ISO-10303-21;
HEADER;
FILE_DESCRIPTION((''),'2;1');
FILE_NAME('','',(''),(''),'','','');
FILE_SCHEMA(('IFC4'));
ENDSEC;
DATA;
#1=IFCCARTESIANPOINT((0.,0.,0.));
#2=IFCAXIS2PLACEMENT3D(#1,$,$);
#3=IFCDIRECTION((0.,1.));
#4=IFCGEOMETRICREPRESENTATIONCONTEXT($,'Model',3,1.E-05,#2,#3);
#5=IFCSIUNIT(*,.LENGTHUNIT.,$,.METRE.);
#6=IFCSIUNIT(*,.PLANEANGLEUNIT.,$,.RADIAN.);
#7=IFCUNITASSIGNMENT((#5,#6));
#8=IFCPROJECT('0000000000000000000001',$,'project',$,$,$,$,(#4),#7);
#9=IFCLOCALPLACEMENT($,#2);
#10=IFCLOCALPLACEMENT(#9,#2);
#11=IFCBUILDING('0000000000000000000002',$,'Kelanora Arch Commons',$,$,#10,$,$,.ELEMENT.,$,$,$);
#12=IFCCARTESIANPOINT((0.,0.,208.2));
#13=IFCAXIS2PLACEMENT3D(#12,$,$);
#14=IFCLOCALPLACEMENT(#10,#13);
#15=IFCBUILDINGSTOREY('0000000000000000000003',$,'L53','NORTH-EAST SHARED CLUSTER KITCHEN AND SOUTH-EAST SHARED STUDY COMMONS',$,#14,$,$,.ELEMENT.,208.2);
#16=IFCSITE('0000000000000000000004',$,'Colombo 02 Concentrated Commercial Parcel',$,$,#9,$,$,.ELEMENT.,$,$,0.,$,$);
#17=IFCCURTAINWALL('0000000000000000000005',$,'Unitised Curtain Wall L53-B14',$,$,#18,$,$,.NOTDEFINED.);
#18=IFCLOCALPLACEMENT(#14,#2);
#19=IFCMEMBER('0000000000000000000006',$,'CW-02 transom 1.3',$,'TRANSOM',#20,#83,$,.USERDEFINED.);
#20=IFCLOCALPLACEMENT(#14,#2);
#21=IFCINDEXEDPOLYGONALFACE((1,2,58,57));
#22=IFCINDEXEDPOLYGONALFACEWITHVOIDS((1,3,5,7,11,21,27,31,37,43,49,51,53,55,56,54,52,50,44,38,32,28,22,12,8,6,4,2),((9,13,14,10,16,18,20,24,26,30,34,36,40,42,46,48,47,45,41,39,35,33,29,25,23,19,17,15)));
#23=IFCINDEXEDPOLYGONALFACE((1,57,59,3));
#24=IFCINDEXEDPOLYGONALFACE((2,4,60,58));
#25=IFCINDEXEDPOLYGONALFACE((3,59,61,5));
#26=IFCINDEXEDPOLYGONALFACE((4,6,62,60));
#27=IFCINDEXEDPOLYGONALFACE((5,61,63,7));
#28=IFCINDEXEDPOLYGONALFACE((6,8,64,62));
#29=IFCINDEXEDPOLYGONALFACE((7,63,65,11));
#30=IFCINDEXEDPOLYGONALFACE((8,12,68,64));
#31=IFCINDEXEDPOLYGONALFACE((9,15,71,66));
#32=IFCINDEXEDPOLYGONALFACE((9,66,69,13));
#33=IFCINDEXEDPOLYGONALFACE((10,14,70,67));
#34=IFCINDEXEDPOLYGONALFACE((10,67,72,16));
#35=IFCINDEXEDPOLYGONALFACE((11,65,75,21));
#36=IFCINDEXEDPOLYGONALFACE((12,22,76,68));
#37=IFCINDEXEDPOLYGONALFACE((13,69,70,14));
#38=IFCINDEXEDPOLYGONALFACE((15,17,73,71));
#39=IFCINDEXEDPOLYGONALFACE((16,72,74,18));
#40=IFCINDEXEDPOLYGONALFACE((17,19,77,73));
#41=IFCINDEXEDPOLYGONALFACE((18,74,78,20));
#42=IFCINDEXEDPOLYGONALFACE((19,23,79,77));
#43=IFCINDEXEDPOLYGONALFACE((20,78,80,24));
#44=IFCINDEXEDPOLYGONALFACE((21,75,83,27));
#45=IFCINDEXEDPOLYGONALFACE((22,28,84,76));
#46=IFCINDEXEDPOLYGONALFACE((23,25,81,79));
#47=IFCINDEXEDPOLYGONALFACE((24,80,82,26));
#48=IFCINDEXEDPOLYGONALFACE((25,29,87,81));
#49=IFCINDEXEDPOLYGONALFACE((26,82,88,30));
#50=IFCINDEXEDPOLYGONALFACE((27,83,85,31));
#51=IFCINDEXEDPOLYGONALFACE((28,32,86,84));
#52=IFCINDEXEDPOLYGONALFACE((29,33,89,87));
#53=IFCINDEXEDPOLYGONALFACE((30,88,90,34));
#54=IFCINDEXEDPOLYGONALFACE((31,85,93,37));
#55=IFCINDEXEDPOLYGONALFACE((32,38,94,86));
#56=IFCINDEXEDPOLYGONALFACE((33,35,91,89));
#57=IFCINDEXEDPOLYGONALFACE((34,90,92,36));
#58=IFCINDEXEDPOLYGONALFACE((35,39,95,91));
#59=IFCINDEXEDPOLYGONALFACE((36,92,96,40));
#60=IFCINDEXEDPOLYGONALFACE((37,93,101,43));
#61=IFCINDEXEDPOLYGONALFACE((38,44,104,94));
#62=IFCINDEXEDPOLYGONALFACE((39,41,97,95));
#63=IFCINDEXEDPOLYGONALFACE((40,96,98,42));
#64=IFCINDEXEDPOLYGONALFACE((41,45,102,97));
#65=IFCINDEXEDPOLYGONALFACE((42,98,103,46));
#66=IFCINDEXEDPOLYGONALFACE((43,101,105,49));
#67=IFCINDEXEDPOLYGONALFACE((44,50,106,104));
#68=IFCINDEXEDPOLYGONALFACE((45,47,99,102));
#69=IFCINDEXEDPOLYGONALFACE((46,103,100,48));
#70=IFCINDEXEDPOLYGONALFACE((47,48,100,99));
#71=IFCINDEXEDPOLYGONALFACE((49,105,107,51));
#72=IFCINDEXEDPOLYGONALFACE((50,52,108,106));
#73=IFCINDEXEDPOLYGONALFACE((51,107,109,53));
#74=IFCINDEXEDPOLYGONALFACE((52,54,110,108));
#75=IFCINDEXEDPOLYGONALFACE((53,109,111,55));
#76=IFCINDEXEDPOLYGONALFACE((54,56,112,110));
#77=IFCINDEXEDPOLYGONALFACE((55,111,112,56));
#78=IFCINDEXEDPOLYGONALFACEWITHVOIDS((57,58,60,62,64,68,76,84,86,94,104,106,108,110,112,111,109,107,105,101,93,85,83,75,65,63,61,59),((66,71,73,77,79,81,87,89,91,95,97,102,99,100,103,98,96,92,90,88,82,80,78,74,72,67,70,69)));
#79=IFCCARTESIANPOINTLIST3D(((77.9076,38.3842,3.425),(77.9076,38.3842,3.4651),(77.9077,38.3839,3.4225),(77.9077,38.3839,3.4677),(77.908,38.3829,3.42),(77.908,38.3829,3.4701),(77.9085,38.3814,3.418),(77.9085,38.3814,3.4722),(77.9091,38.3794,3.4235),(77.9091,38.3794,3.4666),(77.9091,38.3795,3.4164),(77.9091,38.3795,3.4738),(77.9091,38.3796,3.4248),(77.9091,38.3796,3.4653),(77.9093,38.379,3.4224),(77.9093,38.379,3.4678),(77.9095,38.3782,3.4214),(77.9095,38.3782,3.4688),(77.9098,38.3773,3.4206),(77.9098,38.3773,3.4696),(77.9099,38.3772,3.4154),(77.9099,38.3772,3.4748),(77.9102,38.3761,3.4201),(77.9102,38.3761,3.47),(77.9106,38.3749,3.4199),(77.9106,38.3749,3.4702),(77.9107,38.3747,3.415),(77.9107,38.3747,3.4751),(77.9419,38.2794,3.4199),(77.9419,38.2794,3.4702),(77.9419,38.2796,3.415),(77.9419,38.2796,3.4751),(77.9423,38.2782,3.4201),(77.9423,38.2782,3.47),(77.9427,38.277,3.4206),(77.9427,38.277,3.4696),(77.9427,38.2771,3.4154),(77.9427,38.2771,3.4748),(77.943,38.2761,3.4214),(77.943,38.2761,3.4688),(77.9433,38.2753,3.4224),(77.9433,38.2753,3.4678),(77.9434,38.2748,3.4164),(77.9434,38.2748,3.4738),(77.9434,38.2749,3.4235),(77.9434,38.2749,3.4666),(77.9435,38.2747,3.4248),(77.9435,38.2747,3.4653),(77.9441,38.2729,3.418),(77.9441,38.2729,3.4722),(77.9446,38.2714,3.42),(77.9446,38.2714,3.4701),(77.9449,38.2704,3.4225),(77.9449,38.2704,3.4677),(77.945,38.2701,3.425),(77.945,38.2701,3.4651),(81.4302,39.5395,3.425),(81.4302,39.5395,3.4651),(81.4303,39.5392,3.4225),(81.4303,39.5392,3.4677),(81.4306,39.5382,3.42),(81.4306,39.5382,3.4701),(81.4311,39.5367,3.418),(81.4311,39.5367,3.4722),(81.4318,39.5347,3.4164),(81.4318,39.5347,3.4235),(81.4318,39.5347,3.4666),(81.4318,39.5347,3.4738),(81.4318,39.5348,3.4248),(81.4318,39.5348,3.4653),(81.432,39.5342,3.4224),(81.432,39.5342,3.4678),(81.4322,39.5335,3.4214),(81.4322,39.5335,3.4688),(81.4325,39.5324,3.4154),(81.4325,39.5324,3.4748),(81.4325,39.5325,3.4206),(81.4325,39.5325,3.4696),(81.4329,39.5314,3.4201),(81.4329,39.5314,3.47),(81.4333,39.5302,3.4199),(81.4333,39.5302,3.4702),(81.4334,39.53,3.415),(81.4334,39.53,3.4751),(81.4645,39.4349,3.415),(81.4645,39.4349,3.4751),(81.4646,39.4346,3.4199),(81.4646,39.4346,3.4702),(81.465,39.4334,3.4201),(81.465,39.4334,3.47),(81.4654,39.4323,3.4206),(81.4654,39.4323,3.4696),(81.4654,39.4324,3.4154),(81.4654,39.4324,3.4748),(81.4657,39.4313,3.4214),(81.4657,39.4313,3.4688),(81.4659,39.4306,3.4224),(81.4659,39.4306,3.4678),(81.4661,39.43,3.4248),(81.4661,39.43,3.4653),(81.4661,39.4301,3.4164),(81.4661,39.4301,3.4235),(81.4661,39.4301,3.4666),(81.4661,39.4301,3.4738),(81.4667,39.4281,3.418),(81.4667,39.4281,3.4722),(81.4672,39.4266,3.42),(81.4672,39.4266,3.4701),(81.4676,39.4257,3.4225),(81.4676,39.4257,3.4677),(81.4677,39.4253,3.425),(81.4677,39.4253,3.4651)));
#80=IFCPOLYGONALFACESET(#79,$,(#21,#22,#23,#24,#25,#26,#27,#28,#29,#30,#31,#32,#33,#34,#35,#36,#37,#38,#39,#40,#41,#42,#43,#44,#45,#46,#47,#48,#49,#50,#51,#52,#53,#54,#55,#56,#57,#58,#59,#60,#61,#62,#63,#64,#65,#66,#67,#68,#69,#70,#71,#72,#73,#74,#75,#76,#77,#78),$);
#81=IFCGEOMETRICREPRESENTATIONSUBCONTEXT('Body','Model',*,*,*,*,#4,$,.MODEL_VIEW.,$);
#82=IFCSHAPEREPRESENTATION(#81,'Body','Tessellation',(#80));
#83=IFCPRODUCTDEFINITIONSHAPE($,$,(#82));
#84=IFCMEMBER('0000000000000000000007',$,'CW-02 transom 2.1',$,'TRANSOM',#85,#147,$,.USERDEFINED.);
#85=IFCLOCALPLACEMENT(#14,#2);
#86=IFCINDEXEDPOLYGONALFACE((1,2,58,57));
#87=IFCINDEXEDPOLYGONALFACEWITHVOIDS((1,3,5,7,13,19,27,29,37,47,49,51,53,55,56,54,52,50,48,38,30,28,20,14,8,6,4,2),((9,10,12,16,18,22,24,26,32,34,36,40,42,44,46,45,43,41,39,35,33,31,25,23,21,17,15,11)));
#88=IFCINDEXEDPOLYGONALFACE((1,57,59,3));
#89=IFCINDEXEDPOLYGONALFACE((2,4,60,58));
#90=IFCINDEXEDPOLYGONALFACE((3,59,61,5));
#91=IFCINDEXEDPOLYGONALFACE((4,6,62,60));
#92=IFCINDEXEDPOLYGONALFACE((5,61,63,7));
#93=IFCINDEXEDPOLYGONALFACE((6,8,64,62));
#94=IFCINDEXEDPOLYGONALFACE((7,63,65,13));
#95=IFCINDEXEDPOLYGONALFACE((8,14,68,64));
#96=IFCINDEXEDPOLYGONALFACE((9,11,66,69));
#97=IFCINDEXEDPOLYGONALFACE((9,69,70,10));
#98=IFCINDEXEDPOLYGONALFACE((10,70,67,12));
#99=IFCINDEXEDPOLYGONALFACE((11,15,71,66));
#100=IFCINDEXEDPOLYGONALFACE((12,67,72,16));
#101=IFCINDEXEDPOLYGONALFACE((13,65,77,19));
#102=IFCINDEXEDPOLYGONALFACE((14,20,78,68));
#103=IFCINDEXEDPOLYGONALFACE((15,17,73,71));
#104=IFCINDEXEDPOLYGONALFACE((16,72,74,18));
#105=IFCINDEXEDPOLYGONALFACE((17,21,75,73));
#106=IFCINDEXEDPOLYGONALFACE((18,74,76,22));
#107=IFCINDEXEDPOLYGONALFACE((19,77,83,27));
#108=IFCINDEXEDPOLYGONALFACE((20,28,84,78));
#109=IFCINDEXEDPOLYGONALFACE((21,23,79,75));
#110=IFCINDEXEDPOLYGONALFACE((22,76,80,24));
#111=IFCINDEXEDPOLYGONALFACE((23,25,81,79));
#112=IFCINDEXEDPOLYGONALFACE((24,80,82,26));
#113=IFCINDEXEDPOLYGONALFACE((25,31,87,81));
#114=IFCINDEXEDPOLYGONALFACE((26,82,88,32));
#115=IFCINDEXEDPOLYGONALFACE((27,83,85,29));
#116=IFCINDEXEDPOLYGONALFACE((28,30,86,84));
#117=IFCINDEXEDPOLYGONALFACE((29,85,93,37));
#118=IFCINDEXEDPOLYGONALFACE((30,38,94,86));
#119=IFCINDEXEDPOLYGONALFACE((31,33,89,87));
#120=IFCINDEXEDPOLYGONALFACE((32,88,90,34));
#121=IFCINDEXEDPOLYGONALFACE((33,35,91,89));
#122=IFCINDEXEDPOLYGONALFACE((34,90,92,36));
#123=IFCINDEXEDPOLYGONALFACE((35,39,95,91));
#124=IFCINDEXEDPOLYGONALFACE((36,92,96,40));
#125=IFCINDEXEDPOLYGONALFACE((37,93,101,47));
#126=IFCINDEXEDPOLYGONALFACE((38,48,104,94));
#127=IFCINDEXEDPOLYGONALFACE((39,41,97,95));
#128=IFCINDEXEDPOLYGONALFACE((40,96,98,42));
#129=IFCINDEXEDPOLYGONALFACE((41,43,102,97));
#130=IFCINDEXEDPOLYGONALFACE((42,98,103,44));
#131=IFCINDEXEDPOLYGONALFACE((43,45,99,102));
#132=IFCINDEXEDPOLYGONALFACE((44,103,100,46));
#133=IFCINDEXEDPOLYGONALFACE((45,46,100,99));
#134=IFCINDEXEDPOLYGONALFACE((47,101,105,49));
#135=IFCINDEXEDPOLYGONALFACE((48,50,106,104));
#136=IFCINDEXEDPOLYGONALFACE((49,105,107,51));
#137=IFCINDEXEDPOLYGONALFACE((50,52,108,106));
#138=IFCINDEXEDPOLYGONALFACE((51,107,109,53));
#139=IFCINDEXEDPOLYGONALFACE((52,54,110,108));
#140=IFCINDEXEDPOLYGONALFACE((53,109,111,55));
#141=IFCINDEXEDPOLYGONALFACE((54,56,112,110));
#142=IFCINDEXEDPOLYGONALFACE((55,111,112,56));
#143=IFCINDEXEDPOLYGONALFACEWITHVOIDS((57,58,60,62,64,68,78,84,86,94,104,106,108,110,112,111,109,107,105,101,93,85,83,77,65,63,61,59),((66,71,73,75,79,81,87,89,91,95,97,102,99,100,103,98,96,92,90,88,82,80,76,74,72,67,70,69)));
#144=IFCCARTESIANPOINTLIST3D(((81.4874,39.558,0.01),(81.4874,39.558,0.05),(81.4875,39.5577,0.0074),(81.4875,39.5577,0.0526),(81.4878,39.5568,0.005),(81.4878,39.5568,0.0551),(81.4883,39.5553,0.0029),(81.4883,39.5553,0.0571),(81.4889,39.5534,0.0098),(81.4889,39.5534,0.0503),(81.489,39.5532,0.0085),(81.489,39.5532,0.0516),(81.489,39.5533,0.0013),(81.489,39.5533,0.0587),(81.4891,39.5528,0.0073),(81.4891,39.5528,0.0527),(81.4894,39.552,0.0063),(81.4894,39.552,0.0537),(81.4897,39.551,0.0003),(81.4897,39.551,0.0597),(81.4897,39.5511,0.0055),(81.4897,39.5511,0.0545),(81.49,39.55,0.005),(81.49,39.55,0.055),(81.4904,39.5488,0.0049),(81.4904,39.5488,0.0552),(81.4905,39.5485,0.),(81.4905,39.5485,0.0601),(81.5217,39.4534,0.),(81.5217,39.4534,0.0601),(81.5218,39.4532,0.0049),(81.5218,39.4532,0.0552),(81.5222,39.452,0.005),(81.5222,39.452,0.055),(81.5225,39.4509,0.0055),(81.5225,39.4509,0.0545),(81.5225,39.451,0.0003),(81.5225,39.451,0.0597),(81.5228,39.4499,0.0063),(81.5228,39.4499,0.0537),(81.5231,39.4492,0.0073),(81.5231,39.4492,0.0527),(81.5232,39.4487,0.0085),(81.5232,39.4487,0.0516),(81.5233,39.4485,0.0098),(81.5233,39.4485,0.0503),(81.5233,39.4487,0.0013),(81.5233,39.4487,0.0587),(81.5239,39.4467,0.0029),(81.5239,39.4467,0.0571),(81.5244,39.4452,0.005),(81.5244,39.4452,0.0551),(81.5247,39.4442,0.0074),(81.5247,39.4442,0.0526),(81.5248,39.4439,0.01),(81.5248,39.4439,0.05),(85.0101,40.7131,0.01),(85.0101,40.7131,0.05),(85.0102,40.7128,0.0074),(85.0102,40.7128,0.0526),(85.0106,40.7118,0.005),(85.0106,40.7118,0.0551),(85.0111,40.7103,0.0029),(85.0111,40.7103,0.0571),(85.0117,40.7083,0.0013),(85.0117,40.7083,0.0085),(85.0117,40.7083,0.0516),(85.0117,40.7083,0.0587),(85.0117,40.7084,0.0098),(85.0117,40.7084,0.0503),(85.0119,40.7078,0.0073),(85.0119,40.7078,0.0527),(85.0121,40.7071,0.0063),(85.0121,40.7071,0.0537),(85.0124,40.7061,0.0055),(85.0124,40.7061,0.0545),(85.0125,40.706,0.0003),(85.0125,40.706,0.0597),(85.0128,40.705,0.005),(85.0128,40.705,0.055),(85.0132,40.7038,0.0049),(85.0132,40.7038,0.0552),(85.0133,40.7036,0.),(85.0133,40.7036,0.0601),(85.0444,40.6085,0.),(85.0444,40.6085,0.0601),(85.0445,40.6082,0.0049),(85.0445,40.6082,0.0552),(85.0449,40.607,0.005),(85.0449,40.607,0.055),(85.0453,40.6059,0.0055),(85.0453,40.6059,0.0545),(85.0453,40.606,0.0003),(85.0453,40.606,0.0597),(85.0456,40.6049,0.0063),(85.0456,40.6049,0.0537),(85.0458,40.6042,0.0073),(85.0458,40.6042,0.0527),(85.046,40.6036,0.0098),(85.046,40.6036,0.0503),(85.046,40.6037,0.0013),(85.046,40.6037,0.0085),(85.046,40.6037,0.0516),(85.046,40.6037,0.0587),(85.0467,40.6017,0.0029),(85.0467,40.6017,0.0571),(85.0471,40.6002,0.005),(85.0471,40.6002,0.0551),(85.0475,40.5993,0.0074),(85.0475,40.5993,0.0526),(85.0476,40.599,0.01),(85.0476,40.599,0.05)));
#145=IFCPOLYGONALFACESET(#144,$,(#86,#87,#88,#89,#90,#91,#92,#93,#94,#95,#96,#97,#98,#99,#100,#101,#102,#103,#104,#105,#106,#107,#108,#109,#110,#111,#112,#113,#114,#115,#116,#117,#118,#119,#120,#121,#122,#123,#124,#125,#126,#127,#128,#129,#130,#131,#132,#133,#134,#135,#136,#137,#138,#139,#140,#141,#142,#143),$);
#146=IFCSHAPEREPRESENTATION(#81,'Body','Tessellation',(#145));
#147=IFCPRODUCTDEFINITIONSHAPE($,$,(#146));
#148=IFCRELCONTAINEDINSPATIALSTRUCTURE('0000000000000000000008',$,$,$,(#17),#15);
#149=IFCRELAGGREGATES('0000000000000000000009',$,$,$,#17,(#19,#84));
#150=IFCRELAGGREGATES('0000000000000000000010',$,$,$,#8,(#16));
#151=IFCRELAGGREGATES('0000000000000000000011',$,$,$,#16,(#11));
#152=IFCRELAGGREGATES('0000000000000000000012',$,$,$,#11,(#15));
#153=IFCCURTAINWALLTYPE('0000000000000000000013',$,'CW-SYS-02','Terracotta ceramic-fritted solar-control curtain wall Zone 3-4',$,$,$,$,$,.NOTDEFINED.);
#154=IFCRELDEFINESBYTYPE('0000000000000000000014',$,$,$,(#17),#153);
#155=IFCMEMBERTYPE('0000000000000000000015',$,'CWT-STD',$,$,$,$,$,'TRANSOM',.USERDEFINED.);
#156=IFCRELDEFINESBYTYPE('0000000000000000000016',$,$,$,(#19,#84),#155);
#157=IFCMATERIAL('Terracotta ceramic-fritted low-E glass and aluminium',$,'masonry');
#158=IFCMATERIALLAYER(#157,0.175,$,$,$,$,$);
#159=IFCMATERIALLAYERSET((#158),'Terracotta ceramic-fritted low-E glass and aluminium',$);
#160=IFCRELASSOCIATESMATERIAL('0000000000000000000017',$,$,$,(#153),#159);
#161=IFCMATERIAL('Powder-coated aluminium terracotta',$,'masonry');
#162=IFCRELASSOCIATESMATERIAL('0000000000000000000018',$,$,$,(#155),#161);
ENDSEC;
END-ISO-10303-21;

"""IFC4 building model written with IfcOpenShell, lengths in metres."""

from ifc_helpers import new_model, si_unit, direction, frame, origin, origin_2d, place, context, subcontext, project, spatial, hollow_rectangle, extrude, material, layer, layer_set, material_profile, profile_set, type_object, element, aggregate, save


model = new_model("IFC4")

# Units and contexts
model_context = context("Model", 3, precision=1e-05, world=origin(), true_north=direction((0.0, 1.0)))
body_context = subcontext(model_context, "Body", "Model", "MODEL_VIEW")
ifc_project = project(units=[si_unit("LENGTHUNIT", "METRE"), si_unit("PLANEANGLEUNIT", "RADIAN")], contexts=[model_context])

# Site, building, storey
site_placement = place(None, origin())
site = spatial("IfcSite", under=ifc_project, at=site_placement, Name="Colombo 02 Concentrated Commercial Parcel", CompositionType="ELEMENT", RefElevation=0.0)
building_placement = place(site_placement, origin())
building = spatial("IfcBuilding", under=site, at=building_placement, Name="Kelanora Arch Commons", CompositionType="ELEMENT")
storey_placement = place(building_placement, frame((0.0, 0.0, 208.2)))
storey = spatial("IfcBuildingStorey", under=building, at=storey_placement, Name="L53", Description="NORTH-EAST SHARED CLUSTER KITCHEN AND SOUTH-EAST SHARED STUDY COMMONS", CompositionType="ELEMENT", Elevation=208.2)

# Curtain wall, members
ifc_material_1 = material(Name="Terracotta ceramic-fritted low-E glass and aluminium", Category="masonry")
ifc_layer_1 = layer(ifc_material_1, 0.175)
ifc_layer_set_1 = layer_set([ifc_layer_1], Name="Terracotta ceramic-fritted low-E glass and aluminium")
curtain_wall_type = type_object("IfcCurtainWallType", Name="CW-SYS-02", Description="Terracotta ceramic-fritted solar-control curtain wall Zone 3-4", PredefinedType="NOTDEFINED", material=ifc_layer_set_1)
curtain_wall_placement = place(storey_placement, origin())
curtain_wall = element("IfcCurtainWall", 1, at=curtain_wall_placement, inside=storey, type_object=curtain_wall_type, Name="Unitised Curtain Wall L53-B14", PredefinedType="NOTDEFINED")
ifc_material_2 = material(Name="Powder-coated aluminium terracotta", Category="masonry")
ifc_material_profile_1 = material_profile(ifc_material_2, hollow_rectangle(XDim=0.1201, YDim=0.0601, WallThickness=0.0049, InnerFilletRadius=0.0049, OuterFilletRadius=0.01, at=origin_2d()), Name="CWT120x60")
ifc_profile_set_1 = profile_set([ifc_material_profile_1], Name="Powder-coated aluminium terracotta")
member_type_1 = type_object("IfcMemberType", Name="CWT-STD", ElementType="TRANSOM", PredefinedType="USERDEFINED", material=ifc_profile_set_1)
member_1_placement = place(storey_placement, frame((77.9263, 38.3271, 3.4451), z_axis=(0.950207, 0.311621, 0.0), x_axis=(-0.311621, 0.950207, 0.0)))
member_1 = element("IfcMember", 2, at=member_1_placement, type_object=member_type_1, Name="CW-02 transom 1.3", ObjectType="TRANSOM", PredefinedType="USERDEFINED", context=body_context, shape_type="SweptSolid", body=[
    extrude(hollow_rectangle(XDim=0.1201, YDim=0.0601, WallThickness=0.0049, InnerFilletRadius=0.0049, OuterFilletRadius=0.01, at=origin_2d()), origin(), (0.0, 0.0, 1.0), 3.7073),
])
member_2_placement = place(storey_placement, frame((81.5061, 39.501, 0.03), z_axis=(0.950226, 0.311561, 0.0), x_axis=(-0.311561, 0.950226, 0.0)))
member_2 = element("IfcMember", 3, at=member_2_placement, type_object=member_type_1, Name="CW-02 transom 2.1", ObjectType="TRANSOM", PredefinedType="USERDEFINED", context=body_context, shape_type="SweptSolid", body=[
    extrude(hollow_rectangle(XDim=0.1201, YDim=0.0601, WallThickness=0.0049, InnerFilletRadius=0.0049, OuterFilletRadius=0.01, at=origin_2d()), origin(), (0.0, 0.0, 1.0), 3.7073),
])
aggregate(curtain_wall, [member_1, member_2])

save(model, "model.ifc")
